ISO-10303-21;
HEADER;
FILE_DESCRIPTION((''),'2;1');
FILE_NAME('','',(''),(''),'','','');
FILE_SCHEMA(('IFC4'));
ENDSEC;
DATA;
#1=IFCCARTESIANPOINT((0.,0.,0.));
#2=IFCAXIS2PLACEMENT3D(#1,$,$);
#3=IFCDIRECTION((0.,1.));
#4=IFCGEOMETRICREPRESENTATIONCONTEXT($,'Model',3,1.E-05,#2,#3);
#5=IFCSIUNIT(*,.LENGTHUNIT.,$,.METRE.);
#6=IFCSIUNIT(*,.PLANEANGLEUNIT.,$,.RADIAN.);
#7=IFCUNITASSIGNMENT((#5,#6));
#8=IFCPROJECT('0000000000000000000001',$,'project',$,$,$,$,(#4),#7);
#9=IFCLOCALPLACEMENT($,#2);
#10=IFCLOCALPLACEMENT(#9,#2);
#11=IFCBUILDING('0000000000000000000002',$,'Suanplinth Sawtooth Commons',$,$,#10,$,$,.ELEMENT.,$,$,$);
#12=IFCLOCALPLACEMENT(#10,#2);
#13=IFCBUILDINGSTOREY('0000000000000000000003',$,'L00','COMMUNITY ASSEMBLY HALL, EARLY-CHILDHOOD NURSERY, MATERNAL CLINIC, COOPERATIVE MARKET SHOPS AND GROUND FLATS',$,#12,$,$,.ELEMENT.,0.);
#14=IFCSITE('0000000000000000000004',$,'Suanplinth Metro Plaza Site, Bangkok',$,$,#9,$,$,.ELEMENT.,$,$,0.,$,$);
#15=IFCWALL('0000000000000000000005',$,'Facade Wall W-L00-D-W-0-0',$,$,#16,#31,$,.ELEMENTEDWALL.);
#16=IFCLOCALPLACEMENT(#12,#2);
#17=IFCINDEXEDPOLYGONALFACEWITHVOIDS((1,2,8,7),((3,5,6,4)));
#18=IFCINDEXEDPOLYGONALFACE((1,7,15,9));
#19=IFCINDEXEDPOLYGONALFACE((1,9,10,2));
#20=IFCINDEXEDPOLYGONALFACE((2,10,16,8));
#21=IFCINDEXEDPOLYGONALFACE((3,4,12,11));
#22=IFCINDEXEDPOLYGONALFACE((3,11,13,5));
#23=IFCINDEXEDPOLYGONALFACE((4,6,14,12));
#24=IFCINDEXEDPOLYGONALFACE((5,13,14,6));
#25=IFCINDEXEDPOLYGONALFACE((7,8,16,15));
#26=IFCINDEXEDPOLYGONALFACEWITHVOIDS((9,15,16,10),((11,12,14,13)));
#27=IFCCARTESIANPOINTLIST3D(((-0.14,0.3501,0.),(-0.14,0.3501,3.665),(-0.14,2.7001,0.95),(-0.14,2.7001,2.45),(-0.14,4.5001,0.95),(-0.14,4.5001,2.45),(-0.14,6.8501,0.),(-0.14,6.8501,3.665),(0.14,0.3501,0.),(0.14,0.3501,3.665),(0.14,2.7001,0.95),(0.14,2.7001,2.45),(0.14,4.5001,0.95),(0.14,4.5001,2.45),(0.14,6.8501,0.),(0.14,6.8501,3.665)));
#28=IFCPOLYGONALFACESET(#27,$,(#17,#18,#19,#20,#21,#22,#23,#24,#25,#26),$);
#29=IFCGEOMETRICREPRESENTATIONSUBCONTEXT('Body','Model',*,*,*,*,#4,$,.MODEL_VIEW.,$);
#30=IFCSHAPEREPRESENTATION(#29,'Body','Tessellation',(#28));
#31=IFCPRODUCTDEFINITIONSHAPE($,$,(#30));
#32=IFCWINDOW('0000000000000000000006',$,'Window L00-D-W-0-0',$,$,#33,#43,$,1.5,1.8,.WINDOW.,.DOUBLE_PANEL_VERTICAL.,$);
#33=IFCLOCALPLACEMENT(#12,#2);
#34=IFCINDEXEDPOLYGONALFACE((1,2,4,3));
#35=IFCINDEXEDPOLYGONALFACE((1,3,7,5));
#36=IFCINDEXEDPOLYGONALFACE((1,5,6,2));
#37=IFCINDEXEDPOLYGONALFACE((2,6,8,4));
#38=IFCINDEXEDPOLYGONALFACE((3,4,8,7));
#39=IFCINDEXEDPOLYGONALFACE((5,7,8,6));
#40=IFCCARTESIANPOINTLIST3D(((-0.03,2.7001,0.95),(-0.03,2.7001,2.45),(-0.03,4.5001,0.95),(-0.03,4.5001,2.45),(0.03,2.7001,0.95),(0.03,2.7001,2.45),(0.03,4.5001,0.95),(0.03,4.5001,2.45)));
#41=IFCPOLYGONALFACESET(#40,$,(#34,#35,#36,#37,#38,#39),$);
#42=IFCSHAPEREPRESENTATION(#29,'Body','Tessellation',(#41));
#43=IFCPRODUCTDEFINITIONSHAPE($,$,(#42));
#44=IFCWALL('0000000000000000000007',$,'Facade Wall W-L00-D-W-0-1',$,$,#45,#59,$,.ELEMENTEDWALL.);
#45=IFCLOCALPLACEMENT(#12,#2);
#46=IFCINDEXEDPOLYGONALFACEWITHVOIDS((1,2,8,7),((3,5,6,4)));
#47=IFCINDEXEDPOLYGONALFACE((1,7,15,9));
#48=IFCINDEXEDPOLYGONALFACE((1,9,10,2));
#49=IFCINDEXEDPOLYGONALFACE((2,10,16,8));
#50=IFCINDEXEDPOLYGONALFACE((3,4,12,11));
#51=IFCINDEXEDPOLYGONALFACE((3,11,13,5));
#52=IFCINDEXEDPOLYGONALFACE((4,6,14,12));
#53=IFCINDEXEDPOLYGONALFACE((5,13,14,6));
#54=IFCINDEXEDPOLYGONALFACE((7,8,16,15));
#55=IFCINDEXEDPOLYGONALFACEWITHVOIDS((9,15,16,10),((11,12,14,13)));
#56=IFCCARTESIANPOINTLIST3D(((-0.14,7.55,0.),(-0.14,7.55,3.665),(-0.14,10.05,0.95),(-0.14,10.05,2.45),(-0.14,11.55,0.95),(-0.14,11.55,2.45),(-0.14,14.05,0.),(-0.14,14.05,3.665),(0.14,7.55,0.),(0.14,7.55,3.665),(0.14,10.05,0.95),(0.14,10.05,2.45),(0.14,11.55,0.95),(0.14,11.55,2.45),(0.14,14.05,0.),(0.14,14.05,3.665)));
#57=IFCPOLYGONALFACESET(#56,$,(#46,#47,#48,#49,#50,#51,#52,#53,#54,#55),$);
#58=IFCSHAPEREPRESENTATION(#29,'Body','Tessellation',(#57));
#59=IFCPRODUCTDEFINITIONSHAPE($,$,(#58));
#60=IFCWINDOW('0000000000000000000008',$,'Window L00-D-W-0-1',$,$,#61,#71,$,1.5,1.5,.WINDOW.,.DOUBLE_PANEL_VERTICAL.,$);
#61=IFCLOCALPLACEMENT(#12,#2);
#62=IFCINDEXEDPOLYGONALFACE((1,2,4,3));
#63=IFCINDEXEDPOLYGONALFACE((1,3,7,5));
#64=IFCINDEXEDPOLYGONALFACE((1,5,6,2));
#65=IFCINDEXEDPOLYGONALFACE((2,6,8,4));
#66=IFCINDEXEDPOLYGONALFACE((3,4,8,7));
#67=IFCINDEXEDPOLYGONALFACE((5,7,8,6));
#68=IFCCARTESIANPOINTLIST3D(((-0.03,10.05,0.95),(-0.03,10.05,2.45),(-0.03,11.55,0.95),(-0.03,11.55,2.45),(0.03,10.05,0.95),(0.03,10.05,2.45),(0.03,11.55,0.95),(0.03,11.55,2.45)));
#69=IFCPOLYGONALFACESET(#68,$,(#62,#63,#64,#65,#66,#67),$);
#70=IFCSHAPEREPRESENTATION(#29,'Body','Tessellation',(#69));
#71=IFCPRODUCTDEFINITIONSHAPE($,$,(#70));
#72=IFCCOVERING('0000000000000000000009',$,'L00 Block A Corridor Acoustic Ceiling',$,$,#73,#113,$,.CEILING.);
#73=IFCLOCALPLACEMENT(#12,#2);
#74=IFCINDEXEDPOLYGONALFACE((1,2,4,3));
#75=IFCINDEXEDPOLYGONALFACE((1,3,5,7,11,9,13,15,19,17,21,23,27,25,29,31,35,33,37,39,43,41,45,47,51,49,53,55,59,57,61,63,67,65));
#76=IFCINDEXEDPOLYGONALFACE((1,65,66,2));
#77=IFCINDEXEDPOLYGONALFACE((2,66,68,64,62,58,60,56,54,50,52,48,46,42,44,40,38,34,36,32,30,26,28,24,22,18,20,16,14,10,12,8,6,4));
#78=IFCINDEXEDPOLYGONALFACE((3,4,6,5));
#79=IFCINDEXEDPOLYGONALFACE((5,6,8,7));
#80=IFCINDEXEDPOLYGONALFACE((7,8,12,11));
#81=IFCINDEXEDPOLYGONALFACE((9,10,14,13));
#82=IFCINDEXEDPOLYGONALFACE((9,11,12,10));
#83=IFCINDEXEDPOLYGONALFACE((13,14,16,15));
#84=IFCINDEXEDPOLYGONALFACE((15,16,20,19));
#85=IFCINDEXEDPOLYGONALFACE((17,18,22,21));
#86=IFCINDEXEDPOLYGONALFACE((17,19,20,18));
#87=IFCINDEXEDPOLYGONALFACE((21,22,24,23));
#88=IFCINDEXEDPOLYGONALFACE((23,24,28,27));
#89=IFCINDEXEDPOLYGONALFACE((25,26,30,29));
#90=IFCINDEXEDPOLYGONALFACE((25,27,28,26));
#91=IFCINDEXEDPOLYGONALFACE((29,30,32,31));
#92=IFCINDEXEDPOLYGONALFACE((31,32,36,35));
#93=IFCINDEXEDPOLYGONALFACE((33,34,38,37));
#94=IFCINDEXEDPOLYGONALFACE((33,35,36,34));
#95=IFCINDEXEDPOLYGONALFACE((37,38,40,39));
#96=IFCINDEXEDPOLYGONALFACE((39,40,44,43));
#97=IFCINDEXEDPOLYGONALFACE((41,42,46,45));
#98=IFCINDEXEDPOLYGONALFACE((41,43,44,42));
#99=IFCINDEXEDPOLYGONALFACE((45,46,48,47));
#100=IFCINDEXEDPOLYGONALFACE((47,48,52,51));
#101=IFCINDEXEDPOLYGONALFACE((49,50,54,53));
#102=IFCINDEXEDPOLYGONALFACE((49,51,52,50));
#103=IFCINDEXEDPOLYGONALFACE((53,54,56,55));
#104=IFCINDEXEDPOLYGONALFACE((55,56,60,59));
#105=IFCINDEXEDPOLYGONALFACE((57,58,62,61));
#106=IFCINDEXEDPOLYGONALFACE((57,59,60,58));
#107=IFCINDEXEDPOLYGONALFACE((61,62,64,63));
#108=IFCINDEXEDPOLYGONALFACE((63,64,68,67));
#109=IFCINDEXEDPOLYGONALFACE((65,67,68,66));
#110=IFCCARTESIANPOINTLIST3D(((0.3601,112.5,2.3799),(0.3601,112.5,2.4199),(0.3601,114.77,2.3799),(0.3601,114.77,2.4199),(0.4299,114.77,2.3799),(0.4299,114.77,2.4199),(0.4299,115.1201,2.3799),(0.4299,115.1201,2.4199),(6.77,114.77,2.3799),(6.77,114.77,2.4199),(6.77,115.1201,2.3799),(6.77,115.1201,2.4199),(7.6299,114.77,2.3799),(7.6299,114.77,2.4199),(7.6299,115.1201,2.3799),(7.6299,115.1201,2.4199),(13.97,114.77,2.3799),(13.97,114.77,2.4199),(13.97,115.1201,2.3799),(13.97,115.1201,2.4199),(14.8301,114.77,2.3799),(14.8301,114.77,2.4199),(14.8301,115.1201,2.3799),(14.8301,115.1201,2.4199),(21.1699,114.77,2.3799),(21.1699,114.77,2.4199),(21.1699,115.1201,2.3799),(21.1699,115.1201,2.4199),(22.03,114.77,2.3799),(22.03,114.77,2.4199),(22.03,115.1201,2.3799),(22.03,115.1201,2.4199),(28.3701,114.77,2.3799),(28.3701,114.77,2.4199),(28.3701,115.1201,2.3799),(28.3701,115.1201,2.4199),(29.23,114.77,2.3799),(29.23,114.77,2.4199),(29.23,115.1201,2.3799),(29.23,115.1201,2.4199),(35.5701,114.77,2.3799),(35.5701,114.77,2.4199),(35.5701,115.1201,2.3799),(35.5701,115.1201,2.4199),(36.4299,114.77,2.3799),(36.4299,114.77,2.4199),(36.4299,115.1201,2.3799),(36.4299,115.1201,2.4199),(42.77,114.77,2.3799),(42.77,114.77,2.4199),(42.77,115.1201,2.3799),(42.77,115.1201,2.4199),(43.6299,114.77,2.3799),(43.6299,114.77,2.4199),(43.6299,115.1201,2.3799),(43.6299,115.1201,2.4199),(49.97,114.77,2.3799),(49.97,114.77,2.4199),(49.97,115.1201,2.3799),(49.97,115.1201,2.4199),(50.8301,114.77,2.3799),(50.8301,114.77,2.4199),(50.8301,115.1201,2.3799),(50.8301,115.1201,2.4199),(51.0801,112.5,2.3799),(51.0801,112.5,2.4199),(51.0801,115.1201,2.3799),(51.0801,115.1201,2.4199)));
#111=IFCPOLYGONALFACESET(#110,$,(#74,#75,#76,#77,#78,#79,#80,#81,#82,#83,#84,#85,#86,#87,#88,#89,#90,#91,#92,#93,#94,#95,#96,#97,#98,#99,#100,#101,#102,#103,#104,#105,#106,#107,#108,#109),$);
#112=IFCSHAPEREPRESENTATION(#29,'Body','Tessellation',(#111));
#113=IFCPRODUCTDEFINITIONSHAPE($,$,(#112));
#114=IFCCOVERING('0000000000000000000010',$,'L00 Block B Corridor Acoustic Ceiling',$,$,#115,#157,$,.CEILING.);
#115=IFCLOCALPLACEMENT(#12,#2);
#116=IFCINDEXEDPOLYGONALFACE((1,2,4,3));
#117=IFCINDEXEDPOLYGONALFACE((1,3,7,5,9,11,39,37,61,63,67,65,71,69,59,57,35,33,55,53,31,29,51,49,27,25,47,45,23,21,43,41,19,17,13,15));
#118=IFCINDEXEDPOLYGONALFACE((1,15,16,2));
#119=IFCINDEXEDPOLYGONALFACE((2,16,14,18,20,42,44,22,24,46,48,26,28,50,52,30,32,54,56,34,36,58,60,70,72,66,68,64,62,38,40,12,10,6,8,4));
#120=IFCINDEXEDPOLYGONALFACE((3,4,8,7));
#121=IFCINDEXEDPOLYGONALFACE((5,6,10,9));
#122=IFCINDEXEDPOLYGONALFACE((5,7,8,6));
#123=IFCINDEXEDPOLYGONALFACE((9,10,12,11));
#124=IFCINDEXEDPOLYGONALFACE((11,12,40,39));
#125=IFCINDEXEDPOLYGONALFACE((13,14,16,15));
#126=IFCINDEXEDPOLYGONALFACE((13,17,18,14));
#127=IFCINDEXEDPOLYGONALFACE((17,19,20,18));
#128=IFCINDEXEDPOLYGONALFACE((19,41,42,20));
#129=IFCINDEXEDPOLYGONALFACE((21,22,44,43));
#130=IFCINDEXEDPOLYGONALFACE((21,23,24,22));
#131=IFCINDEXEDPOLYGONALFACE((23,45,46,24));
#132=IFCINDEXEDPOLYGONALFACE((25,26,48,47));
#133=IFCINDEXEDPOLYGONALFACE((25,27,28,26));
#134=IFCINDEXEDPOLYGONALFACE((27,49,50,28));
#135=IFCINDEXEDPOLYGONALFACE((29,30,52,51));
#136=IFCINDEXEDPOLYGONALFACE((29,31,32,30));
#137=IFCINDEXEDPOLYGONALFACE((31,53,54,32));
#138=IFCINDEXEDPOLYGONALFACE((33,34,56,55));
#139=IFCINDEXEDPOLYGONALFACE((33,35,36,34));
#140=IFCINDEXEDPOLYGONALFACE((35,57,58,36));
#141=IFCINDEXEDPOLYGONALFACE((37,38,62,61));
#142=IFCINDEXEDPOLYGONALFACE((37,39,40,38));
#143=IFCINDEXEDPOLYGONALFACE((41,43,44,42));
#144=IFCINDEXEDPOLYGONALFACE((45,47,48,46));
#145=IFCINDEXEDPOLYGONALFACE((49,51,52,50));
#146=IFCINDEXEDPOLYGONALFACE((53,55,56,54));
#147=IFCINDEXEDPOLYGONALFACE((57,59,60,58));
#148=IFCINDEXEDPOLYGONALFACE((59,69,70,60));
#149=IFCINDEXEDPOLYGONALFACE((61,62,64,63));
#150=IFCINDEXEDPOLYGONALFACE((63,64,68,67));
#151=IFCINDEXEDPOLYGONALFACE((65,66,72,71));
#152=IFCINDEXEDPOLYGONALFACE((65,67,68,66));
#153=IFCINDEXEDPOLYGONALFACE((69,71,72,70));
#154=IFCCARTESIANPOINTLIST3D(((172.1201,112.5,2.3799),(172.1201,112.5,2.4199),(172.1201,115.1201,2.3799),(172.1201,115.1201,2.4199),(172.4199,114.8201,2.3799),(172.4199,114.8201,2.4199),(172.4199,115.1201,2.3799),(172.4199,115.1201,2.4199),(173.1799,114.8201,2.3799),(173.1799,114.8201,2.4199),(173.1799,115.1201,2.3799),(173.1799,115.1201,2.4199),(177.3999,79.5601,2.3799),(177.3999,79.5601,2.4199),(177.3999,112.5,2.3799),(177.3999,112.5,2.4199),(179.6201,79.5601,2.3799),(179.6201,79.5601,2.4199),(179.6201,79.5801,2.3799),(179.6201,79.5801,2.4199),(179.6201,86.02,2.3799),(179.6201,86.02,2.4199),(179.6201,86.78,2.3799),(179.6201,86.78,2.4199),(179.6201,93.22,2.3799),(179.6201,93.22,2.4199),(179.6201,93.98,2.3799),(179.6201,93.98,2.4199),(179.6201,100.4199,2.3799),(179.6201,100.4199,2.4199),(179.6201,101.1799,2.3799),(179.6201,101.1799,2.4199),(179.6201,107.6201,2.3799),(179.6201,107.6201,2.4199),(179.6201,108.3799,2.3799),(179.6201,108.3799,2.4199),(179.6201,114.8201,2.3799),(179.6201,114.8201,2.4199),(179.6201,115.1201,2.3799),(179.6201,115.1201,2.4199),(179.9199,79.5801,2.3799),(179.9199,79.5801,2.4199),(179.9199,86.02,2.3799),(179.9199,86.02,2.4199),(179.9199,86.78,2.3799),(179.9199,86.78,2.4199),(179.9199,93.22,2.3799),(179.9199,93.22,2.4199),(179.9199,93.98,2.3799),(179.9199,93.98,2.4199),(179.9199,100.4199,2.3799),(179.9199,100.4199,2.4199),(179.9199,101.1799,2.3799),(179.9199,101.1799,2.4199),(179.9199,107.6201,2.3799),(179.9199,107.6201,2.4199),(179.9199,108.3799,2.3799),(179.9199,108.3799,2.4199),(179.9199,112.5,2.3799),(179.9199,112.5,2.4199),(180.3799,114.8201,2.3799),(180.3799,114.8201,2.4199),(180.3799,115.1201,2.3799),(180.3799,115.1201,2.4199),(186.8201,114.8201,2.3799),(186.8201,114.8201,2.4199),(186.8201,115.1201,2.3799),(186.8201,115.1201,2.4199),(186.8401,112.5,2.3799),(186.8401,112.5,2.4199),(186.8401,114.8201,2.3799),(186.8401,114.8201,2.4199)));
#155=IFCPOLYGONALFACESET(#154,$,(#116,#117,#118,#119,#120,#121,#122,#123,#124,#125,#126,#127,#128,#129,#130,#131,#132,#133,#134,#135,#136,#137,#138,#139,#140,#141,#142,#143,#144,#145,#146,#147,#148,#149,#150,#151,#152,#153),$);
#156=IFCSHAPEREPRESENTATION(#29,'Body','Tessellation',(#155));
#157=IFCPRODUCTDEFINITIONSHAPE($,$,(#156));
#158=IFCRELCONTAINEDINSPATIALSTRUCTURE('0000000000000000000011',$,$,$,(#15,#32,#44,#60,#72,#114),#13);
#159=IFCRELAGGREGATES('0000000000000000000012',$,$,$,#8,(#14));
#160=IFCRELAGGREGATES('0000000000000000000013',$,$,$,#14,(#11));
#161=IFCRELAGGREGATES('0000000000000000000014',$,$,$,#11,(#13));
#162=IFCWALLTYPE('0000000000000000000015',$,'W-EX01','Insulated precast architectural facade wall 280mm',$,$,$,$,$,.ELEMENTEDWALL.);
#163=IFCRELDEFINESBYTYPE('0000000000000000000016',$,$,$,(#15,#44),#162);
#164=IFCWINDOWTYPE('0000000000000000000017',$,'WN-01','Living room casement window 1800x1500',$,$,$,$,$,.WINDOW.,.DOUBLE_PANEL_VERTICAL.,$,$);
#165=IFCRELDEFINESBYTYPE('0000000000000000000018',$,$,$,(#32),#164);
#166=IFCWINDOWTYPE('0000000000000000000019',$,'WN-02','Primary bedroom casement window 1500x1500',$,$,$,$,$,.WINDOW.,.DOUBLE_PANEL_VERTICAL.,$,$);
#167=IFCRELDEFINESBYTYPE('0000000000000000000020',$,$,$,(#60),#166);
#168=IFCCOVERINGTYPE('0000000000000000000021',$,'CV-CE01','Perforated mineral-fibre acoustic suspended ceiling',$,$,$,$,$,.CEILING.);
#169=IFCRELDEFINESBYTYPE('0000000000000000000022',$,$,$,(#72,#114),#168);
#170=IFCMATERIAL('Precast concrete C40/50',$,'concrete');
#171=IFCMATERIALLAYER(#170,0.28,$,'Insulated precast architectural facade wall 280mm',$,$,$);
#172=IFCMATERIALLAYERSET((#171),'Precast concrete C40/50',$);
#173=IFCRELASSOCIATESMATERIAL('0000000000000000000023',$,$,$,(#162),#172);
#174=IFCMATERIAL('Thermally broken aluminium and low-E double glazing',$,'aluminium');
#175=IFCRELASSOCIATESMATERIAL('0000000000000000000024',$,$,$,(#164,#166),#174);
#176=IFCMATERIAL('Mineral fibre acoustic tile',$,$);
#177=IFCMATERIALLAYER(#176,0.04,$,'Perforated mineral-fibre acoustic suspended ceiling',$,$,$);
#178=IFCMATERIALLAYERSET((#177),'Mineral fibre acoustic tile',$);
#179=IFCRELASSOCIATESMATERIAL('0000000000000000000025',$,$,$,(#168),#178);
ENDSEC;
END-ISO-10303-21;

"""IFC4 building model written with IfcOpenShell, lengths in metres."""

from ifc_helpers import new_model, si_unit, direction, frame, frame_2d, origin, place, context, subcontext, project, spatial, polyline, rectangle, outline, extrude, material, layer, layer_set, type_object, element, fill, save


model = new_model("IFC4")

# Units and contexts
model_context = context("Model", 3, precision=1e-05, world=origin(), true_north=direction((0.0, 1.0)))
body_context = subcontext(model_context, "Body", "Model", "MODEL_VIEW")
ifc_project = project(units=[si_unit("LENGTHUNIT", "METRE"), si_unit("PLANEANGLEUNIT", "RADIAN")], contexts=[model_context])

# Site, building, storey
site_placement = place(None, origin())
site = spatial("IfcSite", under=ifc_project, at=site_placement, Name="Suanplinth Metro Plaza Site, Bangkok", CompositionType="ELEMENT", RefElevation=0.0)
building_placement = place(site_placement, origin())
building = spatial("IfcBuilding", under=site, at=building_placement, Name="Suanplinth Sawtooth Commons", CompositionType="ELEMENT")
storey_placement = place(building_placement, origin())
storey = spatial("IfcBuildingStorey", under=building, at=storey_placement, Name="L00", Description="COMMUNITY ASSEMBLY HALL, EARLY-CHILDHOOD NURSERY, MATERNAL CLINIC, COOPERATIVE MARKET SHOPS AND GROUND FLATS", CompositionType="ELEMENT", Elevation=0.0)

# Shared definitions
ifc_material_1 = material(Name="Precast concrete C40/50", Category="concrete")

# Walls, openings, windows
ifc_layer_1 = layer(ifc_material_1, 0.28, Name="Insulated precast architectural facade wall 280mm")
ifc_layer_set_1 = layer_set([ifc_layer_1], Name="Precast concrete C40/50")
wall_type = type_object("IfcWallType", Name="W-EX01", Description="Insulated precast architectural facade wall 280mm", PredefinedType="ELEMENTEDWALL", material=ifc_layer_set_1)
wall_1_placement = place(storey_placement, frame((0.0, 0.3501, 0.0), z_axis=(0.0, 0.0, 1.0), x_axis=(0.0, 1.0, 0.0)))
wall_1 = element("IfcWall", 1, at=wall_1_placement, inside=storey, type_object=wall_type, Name="Facade Wall W-L00-D-W-0-0", PredefinedType="ELEMENTEDWALL", context=body_context, shape_type="SweptSolid", body=[
    extrude(rectangle(XDim=6.5, YDim=0.28, at=frame_2d((3.25, 0.0))), origin(), (0.0, 0.0, 1.0), 3.665),
])
opening_1_placement = place(wall_1_placement, frame((2.3501, 0.0, 0.95)))
opening_1 = element("IfcOpeningElement", 2, at=opening_1_placement, cuts=wall_1, PredefinedType="OPENING", context=body_context, shape_type="SweptSolid", body=[
    extrude(rectangle(XDim=1.8, YDim=1.5, at=frame_2d((0.8999, 0.75))), frame((0.0, 0.1548, 0.0), z_axis=(0.0, -1.0, 0.0), x_axis=(1.0, 0.0, 0.0)), (0.0, 0.0, 1.0), 0.3098),
])
ifc_material_2 = material(Name="Thermally broken aluminium and low-E double glazing", Category="aluminium")
window_type_1 = type_object("IfcWindowType", Name="WN-01", Description="Living room casement window 1800x1500", PartitioningType="DOUBLE_PANEL_VERTICAL", PredefinedType="WINDOW", material=ifc_material_2)
window_1_placement = place(opening_1_placement, origin())
window_1 = element("IfcWindow", 3, at=window_1_placement, inside=storey, type_object=window_type_1, Name="Window L00-D-W-0-0", OverallHeight=1.5, OverallWidth=1.8, PartitioningType="DOUBLE_PANEL_VERTICAL", PredefinedType="WINDOW", context=body_context, shape_type="SweptSolid", body=[
    extrude(rectangle(XDim=1.8, YDim=1.5, at=frame_2d((0.8999, 0.75))), frame((0.0, 0.03, 0.0), z_axis=(0.0, -1.0, 0.0), x_axis=(1.0, 0.0, 0.0)), (0.0, 0.0, 1.0), 0.0601),
])
fill(opening_1, window_1)
wall_2_placement = place(storey_placement, frame((0.0, 7.55, 0.0), z_axis=(0.0, 0.0, 1.0), x_axis=(0.0, 1.0, 0.0)))
wall_2 = element("IfcWall", 4, at=wall_2_placement, inside=storey, type_object=wall_type, Name="Facade Wall W-L00-D-W-0-1", PredefinedType="ELEMENTEDWALL", context=body_context, shape_type="SweptSolid", body=[
    extrude(rectangle(XDim=6.5, YDim=0.28, at=frame_2d((3.25, 0.0))), origin(), (0.0, 0.0, 1.0), 3.665),
])
opening_2_placement = place(wall_2_placement, frame((2.5, 0.0, 0.95)))
opening_2 = element("IfcOpeningElement", 5, at=opening_2_placement, cuts=wall_2, PredefinedType="OPENING", context=body_context, shape_type="SweptSolid", body=[
    extrude(rectangle(XDim=1.5, YDim=1.5, at=frame_2d((0.75, 0.75))), frame((0.0, 0.1548, 0.0), z_axis=(0.0, -1.0, 0.0), x_axis=(1.0, 0.0, 0.0)), (0.0, 0.0, 1.0), 0.3098),
])
window_type_2 = type_object("IfcWindowType", Name="WN-02", Description="Primary bedroom casement window 1500x1500", PartitioningType="DOUBLE_PANEL_VERTICAL", PredefinedType="WINDOW", material=ifc_material_2)
window_2_placement = place(opening_2_placement, origin())
window_2 = element("IfcWindow", 6, at=window_2_placement, inside=storey, type_object=window_type_2, Name="Window L00-D-W-0-1", OverallHeight=1.5, OverallWidth=1.5, PartitioningType="DOUBLE_PANEL_VERTICAL", PredefinedType="WINDOW", context=body_context, shape_type="SweptSolid", body=[
    extrude(rectangle(XDim=1.5, YDim=1.5, at=frame_2d((0.75, 0.75))), frame((0.0, 0.03, 0.0), z_axis=(0.0, -1.0, 0.0), x_axis=(1.0, 0.0, 0.0)), (0.0, 0.0, 1.0), 0.0601),
])
fill(opening_2, window_2)

# Coverings
ifc_material_3 = material(Name="Mineral fibre acoustic tile")
ifc_layer_2 = layer(ifc_material_3, 0.04, Name="Perforated mineral-fibre acoustic suspended ceiling")
ifc_layer_set_2 = layer_set([ifc_layer_2], Name="Mineral fibre acoustic tile")
covering_type = type_object("IfcCoveringType", Name="CV-CE01", Description="Perforated mineral-fibre acoustic suspended ceiling", PredefinedType="CEILING", material=ifc_layer_set_2)
covering_1_placement = place(storey_placement, frame((0.0, 0.0, 2.3799)))
element("IfcCovering", 7, at=covering_1_placement, inside=storey, type_object=covering_type, Name="L00 Block A Corridor Acoustic Ceiling", PredefinedType="CEILING", context=body_context, shape_type="SweptSolid", body=[
    extrude(outline(polyline([(0.3601, 112.5), (0.3601, 114.77), (0.4299, 114.77), (0.4299, 115.1201), (6.77, 115.1201), (6.77, 114.77), (7.6299, 114.77), (7.6299, 115.1201), (13.97, 115.1201), (13.97, 114.77), (14.8301, 114.77), (14.8301, 115.1201), (21.1699, 115.1201), (21.1699, 114.77), (22.03, 114.77), (22.03, 115.1201), (28.3701, 115.1201), (28.3701, 114.77), (29.23, 114.77), (29.23, 115.1201), (35.5701, 115.1201), (35.5701, 114.77), (36.4299, 114.77), (36.4299, 115.1201), (42.77, 115.1201), (42.77, 114.77), (43.6299, 114.77), (43.6299, 115.1201), (49.97, 115.1201), (49.97, 114.77), (50.8301, 114.77), (50.8301, 115.1201), (51.0801, 115.1201), (51.0801, 112.5), (0.3601, 112.5)])), origin(), (0.0, 0.0, 1.0), 0.04),
])
covering_2_placement = place(storey_placement, frame((0.0, 0.0, 2.3799)))
element("IfcCovering", 8, at=covering_2_placement, inside=storey, type_object=covering_type, Name="L00 Block B Corridor Acoustic Ceiling", PredefinedType="CEILING", context=body_context, shape_type="SweptSolid", body=[
    extrude(outline(polyline([(172.4199, 115.1201), (172.4199, 114.8201), (173.1799, 114.8201), (173.1799, 115.1201), (179.6201, 115.1201), (179.6201, 114.8201), (180.3799, 114.8201), (180.3799, 115.1201), (186.8201, 115.1201), (186.8201, 114.8201), (186.8401, 114.8201), (186.8401, 112.5), (179.9199, 112.5), (179.9199, 108.3799), (179.6201, 108.3799), (179.6201, 107.6201), (179.9199, 107.6201), (179.9199, 101.1799), (179.6201, 101.1799), (179.6201, 100.4199), (179.9199, 100.4199), (179.9199, 93.98), (179.6201, 93.98), (179.6201, 93.22), (179.9199, 93.22), (179.9199, 86.78), (179.6201, 86.78), (179.6201, 86.02), (179.9199, 86.02), (179.9199, 79.5801), (179.6201, 79.5801), (179.6201, 79.5601), (177.3999, 79.5601), (177.3999, 112.5), (172.1201, 112.5), (172.1201, 115.1201), (172.4199, 115.1201)])), origin(), (0.0, 0.0, 1.0), 0.04),
])

save(model, "model.ifc")
